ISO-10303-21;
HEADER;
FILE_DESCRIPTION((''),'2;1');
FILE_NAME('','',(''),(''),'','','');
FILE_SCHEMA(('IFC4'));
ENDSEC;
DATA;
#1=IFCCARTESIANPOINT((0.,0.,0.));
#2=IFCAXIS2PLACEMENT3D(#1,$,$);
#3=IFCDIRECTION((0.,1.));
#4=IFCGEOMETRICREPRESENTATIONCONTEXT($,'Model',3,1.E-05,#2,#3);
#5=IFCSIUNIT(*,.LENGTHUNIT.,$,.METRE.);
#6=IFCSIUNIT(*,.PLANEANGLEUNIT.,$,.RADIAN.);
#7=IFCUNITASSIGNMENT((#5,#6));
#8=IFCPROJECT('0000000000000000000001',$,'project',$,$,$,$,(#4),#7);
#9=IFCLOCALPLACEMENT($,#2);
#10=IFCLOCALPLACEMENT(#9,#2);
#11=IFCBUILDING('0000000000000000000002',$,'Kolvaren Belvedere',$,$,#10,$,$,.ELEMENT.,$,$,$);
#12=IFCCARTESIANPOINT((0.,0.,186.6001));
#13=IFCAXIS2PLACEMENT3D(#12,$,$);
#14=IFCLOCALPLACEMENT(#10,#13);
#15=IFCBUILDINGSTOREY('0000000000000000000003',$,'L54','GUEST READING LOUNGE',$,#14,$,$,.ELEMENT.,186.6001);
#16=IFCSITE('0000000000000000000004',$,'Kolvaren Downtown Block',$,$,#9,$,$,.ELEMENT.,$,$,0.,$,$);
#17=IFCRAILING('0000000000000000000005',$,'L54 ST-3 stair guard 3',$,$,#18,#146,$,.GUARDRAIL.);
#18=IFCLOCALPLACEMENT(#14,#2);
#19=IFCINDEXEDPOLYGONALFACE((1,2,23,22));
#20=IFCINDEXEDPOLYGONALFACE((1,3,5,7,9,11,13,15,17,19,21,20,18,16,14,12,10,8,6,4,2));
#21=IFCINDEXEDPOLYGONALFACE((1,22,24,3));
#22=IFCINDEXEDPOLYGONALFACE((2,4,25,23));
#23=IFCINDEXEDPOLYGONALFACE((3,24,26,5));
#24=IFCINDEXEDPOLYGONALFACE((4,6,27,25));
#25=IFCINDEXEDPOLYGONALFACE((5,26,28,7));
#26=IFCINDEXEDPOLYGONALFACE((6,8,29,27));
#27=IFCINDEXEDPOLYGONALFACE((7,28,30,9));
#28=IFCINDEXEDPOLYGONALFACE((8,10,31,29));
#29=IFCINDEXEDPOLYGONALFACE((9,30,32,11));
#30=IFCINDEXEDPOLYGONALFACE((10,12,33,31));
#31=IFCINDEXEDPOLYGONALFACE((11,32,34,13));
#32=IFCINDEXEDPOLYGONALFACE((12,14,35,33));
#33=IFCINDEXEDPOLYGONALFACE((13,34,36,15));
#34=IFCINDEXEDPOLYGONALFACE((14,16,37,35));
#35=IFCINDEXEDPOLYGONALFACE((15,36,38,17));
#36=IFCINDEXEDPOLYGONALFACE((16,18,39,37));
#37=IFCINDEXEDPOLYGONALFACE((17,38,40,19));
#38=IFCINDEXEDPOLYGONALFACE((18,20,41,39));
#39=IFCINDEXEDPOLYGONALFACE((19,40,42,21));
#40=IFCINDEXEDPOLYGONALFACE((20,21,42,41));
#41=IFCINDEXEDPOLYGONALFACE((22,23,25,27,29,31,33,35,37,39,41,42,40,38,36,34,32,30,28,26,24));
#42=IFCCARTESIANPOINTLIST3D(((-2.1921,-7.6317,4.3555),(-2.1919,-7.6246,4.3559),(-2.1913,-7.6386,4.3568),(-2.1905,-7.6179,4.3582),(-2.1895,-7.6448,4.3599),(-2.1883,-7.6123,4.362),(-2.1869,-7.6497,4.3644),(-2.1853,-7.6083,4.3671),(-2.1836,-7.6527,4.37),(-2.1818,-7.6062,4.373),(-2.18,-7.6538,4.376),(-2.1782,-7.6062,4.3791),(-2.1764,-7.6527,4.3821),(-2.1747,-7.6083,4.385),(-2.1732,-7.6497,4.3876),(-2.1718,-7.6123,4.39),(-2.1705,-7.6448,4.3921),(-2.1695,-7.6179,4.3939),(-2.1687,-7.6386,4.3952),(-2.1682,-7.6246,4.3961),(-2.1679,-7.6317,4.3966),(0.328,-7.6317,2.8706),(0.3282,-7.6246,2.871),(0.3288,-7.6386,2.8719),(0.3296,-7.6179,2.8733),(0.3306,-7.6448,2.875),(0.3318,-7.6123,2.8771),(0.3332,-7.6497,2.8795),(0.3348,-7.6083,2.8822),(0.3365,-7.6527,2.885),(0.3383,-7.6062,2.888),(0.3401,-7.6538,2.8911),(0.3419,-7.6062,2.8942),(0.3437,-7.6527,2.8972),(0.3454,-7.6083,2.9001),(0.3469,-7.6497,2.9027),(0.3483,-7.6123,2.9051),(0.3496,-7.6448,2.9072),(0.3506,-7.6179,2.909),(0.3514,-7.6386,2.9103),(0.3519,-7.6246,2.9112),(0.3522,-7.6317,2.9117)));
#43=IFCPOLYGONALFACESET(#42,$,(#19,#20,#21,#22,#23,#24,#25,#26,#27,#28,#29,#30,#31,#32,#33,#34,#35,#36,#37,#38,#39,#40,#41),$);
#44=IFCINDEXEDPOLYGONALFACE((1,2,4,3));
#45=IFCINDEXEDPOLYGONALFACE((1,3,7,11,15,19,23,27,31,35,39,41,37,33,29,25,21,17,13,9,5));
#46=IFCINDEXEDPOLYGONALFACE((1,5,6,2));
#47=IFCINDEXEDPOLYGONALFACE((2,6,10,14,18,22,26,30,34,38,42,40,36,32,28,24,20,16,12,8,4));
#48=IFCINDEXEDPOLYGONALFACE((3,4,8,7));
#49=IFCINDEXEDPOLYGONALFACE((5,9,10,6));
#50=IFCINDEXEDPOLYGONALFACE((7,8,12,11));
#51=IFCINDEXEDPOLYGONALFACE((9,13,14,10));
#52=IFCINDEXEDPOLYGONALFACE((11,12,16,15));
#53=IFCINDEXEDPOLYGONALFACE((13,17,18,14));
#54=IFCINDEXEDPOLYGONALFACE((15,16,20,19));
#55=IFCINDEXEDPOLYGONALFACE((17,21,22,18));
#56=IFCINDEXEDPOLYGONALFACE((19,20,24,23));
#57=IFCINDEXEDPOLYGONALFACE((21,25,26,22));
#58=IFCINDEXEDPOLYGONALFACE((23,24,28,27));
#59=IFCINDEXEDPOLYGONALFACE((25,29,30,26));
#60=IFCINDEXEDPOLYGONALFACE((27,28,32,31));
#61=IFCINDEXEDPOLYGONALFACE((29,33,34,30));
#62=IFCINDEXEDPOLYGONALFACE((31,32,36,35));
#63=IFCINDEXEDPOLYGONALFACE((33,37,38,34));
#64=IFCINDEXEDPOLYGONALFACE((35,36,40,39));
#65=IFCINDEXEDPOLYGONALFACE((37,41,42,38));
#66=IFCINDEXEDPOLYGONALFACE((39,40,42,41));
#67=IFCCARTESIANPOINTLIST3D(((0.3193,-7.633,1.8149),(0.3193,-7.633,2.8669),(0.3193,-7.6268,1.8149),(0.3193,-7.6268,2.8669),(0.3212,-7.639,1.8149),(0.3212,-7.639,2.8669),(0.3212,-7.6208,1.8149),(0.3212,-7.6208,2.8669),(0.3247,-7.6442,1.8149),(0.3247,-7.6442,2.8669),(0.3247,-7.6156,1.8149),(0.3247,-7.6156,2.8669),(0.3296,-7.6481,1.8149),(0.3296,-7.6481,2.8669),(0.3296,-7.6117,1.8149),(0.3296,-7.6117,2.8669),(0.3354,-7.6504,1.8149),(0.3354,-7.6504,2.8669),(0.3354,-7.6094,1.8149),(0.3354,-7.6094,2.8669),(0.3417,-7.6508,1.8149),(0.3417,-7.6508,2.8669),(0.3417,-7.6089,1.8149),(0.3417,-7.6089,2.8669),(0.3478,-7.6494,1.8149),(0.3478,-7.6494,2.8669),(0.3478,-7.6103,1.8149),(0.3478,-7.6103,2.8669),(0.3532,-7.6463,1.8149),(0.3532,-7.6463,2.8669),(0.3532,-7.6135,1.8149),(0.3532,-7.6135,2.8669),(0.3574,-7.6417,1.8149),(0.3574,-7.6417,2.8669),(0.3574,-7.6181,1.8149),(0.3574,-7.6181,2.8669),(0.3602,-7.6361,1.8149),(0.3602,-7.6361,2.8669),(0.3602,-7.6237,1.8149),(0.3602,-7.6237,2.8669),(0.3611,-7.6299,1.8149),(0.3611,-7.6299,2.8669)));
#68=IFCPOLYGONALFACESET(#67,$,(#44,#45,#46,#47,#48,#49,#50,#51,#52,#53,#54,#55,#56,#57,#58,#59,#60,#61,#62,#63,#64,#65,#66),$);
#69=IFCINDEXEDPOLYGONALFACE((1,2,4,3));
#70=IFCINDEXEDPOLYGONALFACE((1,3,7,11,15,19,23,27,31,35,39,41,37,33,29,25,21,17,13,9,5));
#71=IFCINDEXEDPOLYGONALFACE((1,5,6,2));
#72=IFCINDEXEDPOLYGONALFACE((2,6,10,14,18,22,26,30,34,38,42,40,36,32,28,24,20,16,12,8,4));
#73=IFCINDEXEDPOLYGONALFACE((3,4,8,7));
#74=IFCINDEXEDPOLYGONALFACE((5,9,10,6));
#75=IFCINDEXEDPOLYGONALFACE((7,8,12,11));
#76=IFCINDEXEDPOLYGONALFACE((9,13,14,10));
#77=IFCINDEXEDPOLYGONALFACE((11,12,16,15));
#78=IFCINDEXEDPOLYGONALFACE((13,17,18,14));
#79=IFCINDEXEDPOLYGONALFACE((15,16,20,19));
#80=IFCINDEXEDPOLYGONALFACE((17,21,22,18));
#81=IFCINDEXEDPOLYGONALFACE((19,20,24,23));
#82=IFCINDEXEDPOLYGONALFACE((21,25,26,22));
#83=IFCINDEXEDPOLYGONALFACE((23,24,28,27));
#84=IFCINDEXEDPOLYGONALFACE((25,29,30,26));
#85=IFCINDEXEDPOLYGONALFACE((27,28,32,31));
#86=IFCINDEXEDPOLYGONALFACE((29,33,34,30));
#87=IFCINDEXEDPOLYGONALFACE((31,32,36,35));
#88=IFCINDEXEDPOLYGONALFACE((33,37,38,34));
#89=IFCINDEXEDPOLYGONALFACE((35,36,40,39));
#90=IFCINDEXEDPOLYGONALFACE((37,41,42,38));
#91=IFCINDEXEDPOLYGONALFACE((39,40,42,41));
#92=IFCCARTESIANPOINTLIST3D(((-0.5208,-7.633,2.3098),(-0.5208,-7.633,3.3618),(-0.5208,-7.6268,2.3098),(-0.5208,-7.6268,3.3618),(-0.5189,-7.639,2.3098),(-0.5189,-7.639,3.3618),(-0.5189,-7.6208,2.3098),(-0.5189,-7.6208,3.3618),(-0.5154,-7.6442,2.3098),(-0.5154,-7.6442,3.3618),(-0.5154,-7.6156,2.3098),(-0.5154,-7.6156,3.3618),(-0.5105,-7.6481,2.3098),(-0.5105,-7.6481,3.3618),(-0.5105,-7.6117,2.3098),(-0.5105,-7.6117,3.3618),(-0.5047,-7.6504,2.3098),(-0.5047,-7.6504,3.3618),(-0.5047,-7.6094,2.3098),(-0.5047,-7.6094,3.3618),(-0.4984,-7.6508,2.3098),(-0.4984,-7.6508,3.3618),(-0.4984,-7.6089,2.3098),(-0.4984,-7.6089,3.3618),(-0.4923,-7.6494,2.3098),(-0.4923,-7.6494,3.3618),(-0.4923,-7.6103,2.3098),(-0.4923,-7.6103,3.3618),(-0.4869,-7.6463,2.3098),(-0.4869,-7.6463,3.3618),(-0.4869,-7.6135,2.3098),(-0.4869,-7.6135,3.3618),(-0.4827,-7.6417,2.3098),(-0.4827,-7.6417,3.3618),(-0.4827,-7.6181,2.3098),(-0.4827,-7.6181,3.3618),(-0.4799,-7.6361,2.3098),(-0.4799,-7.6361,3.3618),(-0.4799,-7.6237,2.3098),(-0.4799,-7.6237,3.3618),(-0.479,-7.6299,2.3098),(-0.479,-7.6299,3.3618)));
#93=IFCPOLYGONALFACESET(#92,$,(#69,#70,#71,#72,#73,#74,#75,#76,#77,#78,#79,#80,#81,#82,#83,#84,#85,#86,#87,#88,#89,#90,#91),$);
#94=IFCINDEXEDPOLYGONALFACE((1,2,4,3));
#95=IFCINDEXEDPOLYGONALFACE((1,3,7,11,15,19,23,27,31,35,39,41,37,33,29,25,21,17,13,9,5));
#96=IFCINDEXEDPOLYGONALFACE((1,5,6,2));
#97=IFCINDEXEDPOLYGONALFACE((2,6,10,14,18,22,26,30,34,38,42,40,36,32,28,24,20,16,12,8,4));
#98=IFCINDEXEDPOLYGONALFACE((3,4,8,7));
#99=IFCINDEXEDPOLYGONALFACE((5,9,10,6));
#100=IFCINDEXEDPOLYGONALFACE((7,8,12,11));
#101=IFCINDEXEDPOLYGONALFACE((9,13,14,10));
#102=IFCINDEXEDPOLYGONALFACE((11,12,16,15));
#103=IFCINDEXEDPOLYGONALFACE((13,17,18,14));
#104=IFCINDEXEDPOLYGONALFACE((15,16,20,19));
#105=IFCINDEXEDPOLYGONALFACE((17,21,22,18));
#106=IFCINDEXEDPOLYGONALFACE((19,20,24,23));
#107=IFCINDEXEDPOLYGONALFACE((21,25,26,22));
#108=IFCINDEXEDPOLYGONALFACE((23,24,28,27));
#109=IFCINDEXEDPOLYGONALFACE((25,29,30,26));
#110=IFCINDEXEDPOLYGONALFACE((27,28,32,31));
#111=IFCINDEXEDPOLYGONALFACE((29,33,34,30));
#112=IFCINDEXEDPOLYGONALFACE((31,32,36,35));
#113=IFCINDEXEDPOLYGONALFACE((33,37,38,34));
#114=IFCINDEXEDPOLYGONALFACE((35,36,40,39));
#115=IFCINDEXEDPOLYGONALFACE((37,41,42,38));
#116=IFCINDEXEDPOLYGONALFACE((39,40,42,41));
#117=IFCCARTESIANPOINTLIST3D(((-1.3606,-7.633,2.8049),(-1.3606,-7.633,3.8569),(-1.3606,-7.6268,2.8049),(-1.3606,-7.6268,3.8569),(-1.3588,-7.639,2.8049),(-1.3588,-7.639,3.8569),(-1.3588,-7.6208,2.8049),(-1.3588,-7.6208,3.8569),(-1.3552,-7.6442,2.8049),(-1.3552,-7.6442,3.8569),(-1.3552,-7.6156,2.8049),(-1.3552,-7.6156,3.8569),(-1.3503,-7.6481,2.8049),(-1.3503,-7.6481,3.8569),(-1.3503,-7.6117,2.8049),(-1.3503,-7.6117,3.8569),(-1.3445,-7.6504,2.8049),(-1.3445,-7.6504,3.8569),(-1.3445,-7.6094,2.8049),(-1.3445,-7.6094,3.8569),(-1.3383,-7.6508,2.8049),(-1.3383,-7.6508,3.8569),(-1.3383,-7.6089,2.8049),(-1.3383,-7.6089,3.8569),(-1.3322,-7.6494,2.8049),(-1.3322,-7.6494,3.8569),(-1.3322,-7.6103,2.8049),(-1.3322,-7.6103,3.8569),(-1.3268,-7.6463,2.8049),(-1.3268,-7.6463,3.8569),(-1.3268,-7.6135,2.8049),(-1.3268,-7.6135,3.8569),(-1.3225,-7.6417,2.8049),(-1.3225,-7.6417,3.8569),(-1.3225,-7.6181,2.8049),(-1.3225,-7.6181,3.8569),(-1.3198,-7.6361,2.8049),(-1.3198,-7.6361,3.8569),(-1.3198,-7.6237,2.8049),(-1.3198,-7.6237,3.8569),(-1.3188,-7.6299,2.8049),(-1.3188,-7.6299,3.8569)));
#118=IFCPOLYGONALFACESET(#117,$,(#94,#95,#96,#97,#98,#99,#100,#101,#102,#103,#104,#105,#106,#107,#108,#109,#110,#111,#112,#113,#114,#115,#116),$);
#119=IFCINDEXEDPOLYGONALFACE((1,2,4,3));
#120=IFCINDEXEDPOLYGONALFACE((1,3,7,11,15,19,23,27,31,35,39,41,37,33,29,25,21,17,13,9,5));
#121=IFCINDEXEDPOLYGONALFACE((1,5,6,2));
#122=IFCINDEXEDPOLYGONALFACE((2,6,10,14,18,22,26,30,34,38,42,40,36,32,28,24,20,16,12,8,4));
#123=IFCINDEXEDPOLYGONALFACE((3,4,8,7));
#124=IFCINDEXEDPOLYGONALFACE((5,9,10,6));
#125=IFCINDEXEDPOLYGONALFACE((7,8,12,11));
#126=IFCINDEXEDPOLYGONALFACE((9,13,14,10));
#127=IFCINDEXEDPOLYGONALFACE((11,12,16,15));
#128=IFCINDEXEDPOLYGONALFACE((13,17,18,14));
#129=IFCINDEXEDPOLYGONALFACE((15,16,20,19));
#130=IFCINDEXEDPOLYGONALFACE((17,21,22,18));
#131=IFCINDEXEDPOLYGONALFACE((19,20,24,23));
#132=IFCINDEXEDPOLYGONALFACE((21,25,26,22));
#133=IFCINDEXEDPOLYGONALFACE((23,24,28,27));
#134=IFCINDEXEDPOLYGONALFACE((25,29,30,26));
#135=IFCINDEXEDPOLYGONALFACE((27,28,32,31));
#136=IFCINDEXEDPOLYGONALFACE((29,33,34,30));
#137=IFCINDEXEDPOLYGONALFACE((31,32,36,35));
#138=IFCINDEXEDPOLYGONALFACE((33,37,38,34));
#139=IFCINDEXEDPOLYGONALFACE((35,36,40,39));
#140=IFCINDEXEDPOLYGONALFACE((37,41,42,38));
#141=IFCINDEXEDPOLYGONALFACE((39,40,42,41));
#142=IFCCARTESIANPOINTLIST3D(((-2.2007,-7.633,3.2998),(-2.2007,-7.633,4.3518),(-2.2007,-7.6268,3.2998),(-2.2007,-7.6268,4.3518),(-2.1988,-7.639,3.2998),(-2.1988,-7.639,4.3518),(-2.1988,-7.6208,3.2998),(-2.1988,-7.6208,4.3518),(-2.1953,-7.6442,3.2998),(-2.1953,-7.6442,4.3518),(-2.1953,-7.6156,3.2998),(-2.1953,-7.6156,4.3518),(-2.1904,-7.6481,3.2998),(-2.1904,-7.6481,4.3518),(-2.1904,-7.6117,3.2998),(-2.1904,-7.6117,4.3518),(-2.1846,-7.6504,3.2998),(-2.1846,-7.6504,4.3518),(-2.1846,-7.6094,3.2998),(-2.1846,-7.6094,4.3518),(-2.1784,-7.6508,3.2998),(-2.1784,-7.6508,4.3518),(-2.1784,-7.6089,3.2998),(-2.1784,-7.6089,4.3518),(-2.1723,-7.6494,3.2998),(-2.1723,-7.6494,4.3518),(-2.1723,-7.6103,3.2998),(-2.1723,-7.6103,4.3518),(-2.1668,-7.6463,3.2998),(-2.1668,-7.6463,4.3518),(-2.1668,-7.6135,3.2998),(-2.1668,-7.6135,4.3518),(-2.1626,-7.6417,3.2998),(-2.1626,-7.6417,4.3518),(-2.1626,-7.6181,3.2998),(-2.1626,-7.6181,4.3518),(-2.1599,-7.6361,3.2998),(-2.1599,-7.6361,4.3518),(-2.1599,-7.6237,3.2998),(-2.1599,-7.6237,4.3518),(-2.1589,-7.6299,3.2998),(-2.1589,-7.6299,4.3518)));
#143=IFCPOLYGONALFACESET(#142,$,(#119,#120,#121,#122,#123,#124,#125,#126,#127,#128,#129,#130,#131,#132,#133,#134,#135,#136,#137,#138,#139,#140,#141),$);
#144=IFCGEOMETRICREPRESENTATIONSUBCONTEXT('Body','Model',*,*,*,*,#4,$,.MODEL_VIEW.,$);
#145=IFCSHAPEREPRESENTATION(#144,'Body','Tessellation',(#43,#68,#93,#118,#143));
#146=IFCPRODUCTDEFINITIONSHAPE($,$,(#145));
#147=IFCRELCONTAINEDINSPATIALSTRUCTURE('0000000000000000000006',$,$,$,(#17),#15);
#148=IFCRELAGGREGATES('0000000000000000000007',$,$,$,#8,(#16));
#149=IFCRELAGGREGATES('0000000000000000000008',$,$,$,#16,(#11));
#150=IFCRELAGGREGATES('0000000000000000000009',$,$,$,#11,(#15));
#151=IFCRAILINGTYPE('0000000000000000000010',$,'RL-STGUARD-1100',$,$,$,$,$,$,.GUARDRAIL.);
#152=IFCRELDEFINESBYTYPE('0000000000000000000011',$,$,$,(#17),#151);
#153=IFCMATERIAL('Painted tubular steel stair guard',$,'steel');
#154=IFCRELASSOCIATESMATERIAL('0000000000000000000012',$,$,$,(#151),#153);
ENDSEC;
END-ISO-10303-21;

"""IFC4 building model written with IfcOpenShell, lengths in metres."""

from ifc_helpers import new_model, si_unit, direction, frame, origin, origin_2d, place, context, subcontext, project, spatial, circle, extrude, material, type_object, element, save


model = new_model("IFC4")

# Units and contexts
model_context = context("Model", 3, precision=1e-05, world=origin(), true_north=direction((0.0, 1.0)))
body_context = subcontext(model_context, "Body", "Model", "MODEL_VIEW")
ifc_project = project(units=[si_unit("LENGTHUNIT", "METRE"), si_unit("PLANEANGLEUNIT", "RADIAN")], contexts=[model_context])

# Site, building, storey
site_placement = place(None, origin())
site = spatial("IfcSite", under=ifc_project, at=site_placement, Name="Kolvaren Downtown Block", CompositionType="ELEMENT", RefElevation=0.0)
building_placement = place(site_placement, origin())
building = spatial("IfcBuilding", under=site, at=building_placement, Name="Kolvaren Belvedere", CompositionType="ELEMENT")
storey_placement = place(building_placement, frame((0.0, 0.0, 186.6001)))
storey = spatial("IfcBuildingStorey", under=building, at=storey_placement, Name="L54", Description="GUEST READING LOUNGE", CompositionType="ELEMENT", Elevation=186.6001)

# Railing
ifc_material_1 = material(Name="Painted tubular steel stair guard", Category="steel")
railing_type_1 = type_object("IfcRailingType", Name="RL-STGUARD-1100", PredefinedType="GUARDRAIL", material=ifc_material_1)
railing_1_placement = place(storey_placement, frame((0.3401, -7.6299, 1.8149)))
element("IfcRailing", 1, at=railing_1_placement, inside=storey, type_object=railing_type_1, Name="L54 ST-3 stair guard 3", PredefinedType="GUARDRAIL", context=body_context, shape_type="SweptSolid", body=[
    extrude(circle(Radius=0.0239, at=origin_2d()), frame((0.0, 0.0, 1.0762), z_axis=(-0.861561, 0.0, 0.507655), x_axis=(0.0, -1.0, 0.0)), (0.0, 0.0, 1.0), 2.925),
    extrude(circle(Radius=0.021, at=origin_2d()), origin(), (0.0, 0.0, 1.0), 1.052),
    extrude(circle(Radius=0.021, at=origin_2d()), frame((-0.8401, 0.0, 0.4949)), (0.0, 0.0, 1.0), 1.052),
    extrude(circle(Radius=0.021, at=origin_2d()), frame((-1.6799, 0.0, 0.99)), (0.0, 0.0, 1.0), 1.052),
    extrude(circle(Radius=0.021, at=origin_2d()), frame((-2.52, 0.0, 1.4849)), (0.0, 0.0, 1.0), 1.052),
])

save(model, "model.ifc")
